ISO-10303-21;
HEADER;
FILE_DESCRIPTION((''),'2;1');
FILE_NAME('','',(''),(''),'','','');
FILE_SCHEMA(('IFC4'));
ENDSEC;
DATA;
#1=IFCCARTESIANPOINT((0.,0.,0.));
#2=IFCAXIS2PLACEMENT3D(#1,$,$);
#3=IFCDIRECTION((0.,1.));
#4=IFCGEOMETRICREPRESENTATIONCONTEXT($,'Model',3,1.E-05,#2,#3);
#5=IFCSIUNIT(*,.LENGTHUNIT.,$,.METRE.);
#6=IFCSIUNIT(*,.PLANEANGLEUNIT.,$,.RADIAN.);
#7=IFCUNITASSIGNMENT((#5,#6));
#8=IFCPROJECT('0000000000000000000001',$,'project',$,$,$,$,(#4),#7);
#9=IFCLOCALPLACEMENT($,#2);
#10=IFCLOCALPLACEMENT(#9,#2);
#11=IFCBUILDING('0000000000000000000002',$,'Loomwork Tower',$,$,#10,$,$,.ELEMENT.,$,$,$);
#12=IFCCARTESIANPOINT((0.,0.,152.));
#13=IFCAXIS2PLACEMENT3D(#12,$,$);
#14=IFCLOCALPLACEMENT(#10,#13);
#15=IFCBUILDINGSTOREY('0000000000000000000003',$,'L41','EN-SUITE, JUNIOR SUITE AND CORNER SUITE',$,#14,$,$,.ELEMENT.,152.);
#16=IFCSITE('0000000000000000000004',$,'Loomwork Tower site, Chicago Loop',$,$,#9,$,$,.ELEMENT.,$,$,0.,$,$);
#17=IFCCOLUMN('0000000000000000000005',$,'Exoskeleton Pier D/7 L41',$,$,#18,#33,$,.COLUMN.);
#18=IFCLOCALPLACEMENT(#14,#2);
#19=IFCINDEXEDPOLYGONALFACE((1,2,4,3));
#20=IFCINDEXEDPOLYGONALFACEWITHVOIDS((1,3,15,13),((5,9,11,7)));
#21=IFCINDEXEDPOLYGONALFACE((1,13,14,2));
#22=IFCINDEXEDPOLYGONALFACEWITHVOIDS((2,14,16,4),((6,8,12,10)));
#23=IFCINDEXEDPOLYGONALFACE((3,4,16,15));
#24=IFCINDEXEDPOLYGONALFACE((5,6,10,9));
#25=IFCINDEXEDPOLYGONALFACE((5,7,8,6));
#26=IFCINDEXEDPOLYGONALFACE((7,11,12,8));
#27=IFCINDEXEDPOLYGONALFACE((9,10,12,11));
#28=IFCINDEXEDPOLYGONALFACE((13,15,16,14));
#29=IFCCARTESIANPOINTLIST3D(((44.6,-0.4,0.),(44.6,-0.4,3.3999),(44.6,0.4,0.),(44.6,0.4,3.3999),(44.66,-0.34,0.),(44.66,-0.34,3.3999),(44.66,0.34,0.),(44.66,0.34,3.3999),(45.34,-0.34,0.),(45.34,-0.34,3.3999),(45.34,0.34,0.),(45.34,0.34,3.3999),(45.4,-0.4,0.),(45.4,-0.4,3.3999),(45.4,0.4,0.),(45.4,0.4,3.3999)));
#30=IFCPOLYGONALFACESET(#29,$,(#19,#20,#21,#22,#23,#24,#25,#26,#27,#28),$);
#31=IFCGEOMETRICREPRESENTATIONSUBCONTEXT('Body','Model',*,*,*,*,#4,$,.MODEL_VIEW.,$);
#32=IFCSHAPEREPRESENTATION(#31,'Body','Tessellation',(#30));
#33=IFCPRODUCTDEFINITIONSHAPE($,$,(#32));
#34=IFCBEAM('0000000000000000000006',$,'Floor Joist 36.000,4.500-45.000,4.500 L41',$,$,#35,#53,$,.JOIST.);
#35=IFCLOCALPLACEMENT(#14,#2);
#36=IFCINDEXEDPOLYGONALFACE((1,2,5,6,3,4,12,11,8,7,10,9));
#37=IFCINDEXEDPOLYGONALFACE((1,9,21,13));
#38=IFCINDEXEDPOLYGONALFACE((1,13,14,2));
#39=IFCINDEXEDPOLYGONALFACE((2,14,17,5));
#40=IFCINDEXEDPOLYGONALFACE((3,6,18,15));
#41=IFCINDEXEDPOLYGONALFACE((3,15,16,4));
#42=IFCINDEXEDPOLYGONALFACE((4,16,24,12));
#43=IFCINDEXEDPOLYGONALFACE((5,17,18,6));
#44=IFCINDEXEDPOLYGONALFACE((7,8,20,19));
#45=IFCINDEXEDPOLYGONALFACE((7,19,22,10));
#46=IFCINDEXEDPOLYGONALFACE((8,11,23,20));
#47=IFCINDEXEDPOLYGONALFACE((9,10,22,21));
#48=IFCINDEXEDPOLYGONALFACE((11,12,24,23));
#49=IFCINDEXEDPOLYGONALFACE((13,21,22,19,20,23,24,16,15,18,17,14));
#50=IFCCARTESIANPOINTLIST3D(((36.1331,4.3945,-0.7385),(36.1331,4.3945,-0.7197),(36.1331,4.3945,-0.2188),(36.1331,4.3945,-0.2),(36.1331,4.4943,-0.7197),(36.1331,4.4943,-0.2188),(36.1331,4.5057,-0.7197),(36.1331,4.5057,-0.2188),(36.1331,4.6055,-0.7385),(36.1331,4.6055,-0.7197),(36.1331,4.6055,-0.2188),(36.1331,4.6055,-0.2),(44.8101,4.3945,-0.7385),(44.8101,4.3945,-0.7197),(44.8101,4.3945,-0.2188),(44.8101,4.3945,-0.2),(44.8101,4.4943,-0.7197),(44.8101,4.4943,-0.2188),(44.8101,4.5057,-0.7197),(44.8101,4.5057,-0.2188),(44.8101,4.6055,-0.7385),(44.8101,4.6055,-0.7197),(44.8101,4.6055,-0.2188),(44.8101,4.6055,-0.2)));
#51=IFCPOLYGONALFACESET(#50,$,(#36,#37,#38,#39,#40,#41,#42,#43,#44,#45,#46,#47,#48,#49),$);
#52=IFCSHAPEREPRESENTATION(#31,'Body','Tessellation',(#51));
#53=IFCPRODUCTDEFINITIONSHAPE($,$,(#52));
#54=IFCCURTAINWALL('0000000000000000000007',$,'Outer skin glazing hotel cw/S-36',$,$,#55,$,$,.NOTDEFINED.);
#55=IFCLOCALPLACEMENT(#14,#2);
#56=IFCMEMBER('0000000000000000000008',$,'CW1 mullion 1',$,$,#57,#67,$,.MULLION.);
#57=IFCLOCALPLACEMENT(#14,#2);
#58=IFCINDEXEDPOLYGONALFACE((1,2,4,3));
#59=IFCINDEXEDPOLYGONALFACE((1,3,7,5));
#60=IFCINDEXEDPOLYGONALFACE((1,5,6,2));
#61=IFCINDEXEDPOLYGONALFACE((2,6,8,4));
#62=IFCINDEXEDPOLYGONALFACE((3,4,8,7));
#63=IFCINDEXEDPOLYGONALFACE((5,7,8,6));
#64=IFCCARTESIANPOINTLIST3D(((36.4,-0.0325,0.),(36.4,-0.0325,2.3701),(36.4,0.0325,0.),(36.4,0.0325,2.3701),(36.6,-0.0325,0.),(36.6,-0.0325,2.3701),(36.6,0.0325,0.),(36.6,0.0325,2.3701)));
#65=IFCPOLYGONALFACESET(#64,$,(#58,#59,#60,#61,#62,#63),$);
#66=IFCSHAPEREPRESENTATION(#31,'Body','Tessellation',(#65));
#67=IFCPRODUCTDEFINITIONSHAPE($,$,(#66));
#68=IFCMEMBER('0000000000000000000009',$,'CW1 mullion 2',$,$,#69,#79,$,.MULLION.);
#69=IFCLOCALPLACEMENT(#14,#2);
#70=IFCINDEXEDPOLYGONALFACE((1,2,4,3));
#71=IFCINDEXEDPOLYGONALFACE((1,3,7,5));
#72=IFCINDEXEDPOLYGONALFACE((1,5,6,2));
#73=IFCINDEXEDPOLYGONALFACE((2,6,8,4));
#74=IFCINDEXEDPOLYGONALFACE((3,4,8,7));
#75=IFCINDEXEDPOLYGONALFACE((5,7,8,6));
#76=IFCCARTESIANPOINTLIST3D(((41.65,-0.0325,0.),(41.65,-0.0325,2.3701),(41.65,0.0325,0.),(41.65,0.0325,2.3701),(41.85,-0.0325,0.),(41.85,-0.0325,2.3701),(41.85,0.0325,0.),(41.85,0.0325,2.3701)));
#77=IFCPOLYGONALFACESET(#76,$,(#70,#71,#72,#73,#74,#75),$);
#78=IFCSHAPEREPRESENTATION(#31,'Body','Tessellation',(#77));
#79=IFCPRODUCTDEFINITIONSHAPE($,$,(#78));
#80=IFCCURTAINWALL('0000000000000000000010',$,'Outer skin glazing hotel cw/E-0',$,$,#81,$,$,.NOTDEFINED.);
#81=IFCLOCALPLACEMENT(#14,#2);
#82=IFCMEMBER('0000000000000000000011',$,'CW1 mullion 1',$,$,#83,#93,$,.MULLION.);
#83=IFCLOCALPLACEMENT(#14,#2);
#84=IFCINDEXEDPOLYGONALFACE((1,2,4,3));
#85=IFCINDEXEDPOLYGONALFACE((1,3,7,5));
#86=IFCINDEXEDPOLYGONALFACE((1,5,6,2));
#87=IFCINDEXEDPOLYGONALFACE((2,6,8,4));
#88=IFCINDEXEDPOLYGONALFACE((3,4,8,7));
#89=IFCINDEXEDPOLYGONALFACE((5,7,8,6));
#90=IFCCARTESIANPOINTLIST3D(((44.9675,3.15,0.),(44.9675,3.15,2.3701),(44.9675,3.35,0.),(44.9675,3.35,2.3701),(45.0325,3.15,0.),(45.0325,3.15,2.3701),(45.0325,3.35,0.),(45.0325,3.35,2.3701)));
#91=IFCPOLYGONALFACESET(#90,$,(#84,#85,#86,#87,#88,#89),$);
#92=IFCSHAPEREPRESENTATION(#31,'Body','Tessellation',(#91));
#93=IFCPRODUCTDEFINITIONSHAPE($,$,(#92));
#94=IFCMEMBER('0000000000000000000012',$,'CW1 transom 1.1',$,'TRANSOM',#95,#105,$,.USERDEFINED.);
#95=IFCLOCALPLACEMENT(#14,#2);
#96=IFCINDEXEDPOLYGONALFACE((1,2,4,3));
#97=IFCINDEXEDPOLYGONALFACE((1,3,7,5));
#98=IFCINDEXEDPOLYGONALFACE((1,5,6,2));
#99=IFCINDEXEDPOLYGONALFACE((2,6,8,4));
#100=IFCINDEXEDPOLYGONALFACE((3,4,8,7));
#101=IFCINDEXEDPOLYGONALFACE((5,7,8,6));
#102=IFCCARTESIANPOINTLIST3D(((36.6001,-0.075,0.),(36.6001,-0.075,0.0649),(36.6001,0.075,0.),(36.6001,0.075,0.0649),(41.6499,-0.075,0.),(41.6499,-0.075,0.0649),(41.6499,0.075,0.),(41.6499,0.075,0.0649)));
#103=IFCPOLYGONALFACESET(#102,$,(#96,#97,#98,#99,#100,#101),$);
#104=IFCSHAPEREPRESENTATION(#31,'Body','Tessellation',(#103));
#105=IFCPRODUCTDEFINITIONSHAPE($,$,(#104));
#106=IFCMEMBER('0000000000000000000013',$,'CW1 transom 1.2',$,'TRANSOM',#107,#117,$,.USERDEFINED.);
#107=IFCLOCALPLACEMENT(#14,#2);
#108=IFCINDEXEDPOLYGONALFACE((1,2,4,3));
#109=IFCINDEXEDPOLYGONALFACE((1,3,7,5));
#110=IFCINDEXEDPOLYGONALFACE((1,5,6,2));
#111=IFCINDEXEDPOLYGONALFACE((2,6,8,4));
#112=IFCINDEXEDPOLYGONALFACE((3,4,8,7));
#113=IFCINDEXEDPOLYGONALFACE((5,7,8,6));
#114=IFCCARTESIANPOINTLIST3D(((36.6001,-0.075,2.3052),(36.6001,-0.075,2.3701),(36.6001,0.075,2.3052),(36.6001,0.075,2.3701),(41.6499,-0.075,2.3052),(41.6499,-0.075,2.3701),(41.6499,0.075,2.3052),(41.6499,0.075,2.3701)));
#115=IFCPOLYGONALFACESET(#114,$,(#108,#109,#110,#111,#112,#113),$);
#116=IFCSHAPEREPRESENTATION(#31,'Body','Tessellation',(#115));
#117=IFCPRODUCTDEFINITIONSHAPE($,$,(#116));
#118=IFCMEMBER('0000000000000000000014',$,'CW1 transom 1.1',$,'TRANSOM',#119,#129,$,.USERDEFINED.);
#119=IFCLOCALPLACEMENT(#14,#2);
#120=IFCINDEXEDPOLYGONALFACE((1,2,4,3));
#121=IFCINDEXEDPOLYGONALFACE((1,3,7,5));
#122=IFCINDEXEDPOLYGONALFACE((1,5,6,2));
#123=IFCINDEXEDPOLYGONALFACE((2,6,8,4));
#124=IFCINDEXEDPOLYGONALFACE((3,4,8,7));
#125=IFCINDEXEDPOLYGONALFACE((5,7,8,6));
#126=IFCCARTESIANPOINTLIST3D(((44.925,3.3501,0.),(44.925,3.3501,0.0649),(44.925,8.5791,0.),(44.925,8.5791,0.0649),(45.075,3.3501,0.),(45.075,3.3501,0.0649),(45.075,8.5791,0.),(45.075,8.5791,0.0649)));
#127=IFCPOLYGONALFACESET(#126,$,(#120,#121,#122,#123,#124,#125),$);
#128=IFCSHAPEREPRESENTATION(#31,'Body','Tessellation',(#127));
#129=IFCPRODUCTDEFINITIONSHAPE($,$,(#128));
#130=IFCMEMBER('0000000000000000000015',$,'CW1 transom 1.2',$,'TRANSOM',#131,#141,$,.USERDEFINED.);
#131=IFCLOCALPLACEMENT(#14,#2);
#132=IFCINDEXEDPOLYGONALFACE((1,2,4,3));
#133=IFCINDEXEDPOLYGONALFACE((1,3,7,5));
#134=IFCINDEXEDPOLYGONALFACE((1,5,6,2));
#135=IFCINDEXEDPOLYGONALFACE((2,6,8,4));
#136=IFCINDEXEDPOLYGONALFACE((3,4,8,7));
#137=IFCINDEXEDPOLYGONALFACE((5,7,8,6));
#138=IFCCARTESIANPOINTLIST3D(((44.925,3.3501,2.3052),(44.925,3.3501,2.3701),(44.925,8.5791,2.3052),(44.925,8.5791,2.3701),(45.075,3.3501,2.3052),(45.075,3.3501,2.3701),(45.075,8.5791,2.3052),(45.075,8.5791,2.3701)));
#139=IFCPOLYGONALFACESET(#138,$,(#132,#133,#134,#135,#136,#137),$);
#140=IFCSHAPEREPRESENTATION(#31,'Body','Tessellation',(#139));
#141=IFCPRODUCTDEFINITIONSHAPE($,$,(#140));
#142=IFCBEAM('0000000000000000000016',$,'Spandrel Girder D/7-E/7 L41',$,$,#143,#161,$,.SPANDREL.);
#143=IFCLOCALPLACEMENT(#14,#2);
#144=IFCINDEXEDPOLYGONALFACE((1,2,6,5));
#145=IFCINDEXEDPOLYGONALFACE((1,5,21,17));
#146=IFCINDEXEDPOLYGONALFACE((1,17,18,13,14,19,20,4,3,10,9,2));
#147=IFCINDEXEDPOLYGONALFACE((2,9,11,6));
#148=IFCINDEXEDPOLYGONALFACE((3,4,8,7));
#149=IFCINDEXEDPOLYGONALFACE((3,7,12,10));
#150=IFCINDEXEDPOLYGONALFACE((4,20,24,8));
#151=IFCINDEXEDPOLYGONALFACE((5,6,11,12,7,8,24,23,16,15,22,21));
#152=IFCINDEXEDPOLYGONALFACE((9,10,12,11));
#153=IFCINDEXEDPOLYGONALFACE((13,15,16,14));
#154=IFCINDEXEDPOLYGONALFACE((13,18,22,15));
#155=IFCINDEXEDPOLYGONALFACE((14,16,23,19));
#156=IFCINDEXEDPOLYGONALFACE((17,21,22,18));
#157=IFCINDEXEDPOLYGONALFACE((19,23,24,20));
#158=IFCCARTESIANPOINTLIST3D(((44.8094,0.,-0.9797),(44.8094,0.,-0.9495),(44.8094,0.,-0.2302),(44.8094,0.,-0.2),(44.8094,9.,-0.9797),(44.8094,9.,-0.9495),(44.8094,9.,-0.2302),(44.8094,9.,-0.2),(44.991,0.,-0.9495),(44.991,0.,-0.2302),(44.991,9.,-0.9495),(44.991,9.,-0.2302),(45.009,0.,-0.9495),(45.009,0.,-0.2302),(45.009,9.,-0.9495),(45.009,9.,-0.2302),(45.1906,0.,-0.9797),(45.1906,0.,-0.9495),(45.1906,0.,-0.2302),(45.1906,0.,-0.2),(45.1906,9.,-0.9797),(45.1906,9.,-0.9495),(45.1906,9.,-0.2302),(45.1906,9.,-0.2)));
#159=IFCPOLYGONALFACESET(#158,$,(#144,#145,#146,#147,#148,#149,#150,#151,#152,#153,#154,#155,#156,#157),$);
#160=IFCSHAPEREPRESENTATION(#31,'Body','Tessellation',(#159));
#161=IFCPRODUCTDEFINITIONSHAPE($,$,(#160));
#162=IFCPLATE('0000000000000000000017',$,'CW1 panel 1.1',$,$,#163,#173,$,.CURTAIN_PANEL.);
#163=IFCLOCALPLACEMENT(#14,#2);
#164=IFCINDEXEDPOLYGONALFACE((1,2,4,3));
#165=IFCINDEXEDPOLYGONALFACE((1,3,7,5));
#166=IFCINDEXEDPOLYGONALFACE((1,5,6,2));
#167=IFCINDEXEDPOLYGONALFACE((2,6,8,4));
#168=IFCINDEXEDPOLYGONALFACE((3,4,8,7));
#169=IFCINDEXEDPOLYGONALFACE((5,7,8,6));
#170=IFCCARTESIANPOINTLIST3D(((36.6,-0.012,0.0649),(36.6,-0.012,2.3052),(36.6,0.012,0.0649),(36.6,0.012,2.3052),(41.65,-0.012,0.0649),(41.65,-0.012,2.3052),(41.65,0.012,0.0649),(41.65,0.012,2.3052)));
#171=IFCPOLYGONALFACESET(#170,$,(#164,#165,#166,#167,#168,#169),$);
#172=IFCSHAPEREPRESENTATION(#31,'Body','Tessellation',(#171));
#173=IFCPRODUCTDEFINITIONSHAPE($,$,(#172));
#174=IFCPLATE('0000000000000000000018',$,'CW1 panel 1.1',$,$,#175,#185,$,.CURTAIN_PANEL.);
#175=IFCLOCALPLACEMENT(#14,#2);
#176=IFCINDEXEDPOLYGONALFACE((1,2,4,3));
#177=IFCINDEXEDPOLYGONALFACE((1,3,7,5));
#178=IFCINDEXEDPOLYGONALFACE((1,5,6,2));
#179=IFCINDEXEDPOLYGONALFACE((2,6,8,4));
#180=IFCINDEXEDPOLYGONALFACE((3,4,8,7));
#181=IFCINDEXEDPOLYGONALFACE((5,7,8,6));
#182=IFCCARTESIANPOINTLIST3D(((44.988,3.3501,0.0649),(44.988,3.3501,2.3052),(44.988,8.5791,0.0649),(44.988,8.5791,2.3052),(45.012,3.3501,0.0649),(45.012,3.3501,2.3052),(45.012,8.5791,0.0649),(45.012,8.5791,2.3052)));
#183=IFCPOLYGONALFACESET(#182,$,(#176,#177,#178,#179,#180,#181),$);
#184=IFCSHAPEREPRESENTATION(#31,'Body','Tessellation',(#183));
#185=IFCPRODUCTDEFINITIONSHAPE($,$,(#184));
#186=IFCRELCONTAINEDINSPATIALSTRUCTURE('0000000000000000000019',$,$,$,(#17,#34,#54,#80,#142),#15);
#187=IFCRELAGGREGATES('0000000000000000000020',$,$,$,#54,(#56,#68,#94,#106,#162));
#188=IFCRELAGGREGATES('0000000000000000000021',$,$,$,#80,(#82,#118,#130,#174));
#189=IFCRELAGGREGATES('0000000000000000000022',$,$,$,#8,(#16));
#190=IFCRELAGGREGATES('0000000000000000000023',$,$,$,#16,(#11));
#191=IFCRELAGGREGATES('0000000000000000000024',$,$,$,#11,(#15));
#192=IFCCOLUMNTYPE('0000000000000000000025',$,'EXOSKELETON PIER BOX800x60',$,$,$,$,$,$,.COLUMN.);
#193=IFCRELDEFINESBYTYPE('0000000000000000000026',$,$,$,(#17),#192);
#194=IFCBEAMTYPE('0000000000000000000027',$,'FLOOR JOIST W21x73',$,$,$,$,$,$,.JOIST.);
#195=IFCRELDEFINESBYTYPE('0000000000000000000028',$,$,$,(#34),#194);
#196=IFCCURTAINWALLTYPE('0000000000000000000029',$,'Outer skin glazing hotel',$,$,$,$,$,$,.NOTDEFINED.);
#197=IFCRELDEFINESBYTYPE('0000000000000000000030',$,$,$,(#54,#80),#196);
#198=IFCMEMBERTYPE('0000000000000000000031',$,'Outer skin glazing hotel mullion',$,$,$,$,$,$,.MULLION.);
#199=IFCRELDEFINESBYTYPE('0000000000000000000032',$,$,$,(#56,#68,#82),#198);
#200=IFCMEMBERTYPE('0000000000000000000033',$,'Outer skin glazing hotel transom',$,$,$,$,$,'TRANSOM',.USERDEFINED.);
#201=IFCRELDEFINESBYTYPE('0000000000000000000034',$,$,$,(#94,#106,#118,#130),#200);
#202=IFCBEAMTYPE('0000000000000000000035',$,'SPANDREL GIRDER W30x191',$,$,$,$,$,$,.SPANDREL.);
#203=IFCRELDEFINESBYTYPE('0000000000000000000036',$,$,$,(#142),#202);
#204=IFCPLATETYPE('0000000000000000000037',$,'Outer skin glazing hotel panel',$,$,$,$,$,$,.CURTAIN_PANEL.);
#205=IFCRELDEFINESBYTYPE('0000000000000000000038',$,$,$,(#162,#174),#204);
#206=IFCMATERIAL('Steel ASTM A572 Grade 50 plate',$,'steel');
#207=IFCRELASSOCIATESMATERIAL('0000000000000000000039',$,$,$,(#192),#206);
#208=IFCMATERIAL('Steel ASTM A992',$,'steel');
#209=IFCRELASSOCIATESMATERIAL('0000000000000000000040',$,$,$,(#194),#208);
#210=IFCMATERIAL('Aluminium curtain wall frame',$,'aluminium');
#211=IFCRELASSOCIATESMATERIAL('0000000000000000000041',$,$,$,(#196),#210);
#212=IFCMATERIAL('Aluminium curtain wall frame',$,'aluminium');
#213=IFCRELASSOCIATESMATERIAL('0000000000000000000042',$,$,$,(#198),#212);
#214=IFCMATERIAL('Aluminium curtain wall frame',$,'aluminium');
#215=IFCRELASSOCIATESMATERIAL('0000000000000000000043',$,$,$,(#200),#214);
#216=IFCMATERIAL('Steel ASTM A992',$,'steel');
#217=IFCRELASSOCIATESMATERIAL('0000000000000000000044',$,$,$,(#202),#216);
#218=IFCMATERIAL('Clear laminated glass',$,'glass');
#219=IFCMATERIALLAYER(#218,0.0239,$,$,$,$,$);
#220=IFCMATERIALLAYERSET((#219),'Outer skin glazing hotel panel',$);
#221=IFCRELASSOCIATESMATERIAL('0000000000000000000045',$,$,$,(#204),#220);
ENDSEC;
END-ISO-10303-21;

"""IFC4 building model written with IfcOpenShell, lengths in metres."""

from ifc_helpers import new_model, si_unit, direction, frame, origin, origin_2d, place, context, subcontext, project, spatial, rectangle, hollow_rectangle, i_section, extrude, material, layer, layer_set, material_profile, profile_set, type_object, element, aggregate, save


model = new_model("IFC4")

# Units and contexts
model_context = context("Model", 3, precision=1e-05, world=origin(), true_north=direction((0.0, 1.0)))
body_context = subcontext(model_context, "Body", "Model", "MODEL_VIEW")
ifc_project = project(units=[si_unit("LENGTHUNIT", "METRE"), si_unit("PLANEANGLEUNIT", "RADIAN")], contexts=[model_context])

# Site, building, storey
site_placement = place(None, origin())
site = spatial("IfcSite", under=ifc_project, at=site_placement, Name="Loomwork Tower site, Chicago Loop", CompositionType="ELEMENT", RefElevation=0.0)
building_placement = place(site_placement, origin())
building = spatial("IfcBuilding", under=site, at=building_placement, Name="Loomwork Tower", CompositionType="ELEMENT")
storey_placement = place(building_placement, frame((0.0, 0.0, 152.0)))
storey = spatial("IfcBuildingStorey", under=building, at=storey_placement, Name="L41", Description="EN-SUITE, JUNIOR SUITE AND CORNER SUITE", CompositionType="ELEMENT", Elevation=152.0)

# Column
ifc_material_1 = material(Name="Steel ASTM A572 Grade 50 plate", Category="steel")
ifc_material_profile_1 = material_profile(ifc_material_1, hollow_rectangle(XDim=0.8, YDim=0.8, WallThickness=0.0601, at=origin_2d()), Name="BOX800x60")
ifc_profile_set_1 = profile_set([ifc_material_profile_1], Name="Steel ASTM A572 Grade 50 plate")
column_type = type_object("IfcColumnType", Name="EXOSKELETON PIER BOX800x60", PredefinedType="COLUMN", material=ifc_profile_set_1)
column_placement = place(storey_placement, frame((45.0, 0.0, 0.0), z_axis=(0.0, 0.0, 1.0), x_axis=(1.0, 0.0, 0.0)))
element("IfcColumn", 1, at=column_placement, inside=storey, type_object=column_type, Name="Exoskeleton Pier D/7 L41", PredefinedType="COLUMN", context=body_context, shape_type="SweptSolid", body=[
    extrude(hollow_rectangle(XDim=0.8, YDim=0.8, WallThickness=0.0601, at=origin_2d()), origin(), (0.0, 0.0, 1.0), 3.3999),
])

# Beam
ifc_material_2 = material(Name="Steel ASTM A992", Category="steel")
ifc_material_profile_2 = material_profile(ifc_material_2, i_section(OverallWidth=0.2109, OverallDepth=0.5386, WebThickness=0.0115, FlangeThickness=0.0188, at=origin_2d()), Name="W21x73")
ifc_profile_set_2 = profile_set([ifc_material_profile_2], Name="Steel ASTM A992")
beam_type_1 = type_object("IfcBeamType", Name="FLOOR JOIST W21x73", PredefinedType="JOIST", material=ifc_profile_set_2)
beam_1_placement = place(storey_placement, frame((36.1331, 4.5, -0.4692), z_axis=(1.0, 0.0, 0.0), x_axis=(0.0, 1.0, 0.0)))
element("IfcBeam", 2, at=beam_1_placement, inside=storey, type_object=beam_type_1, Name="Floor Joist 36.000,4.500-45.000,4.500 L41", PredefinedType="JOIST", context=body_context, shape_type="SweptSolid", body=[
    extrude(i_section(OverallWidth=0.2109, OverallDepth=0.5386, WebThickness=0.0115, FlangeThickness=0.0188, at=origin_2d()), origin(), (0.0, 0.0, 1.0), 8.677),
])

# Curtain wall, members
ifc_material_3 = material(Name="Aluminium curtain wall frame", Category="aluminium")
curtain_wall_type = type_object("IfcCurtainWallType", Name="Outer skin glazing hotel", PredefinedType="NOTDEFINED", material=ifc_material_3)
curtain_wall_1_placement = place(storey_placement, origin())
curtain_wall_1 = element("IfcCurtainWall", 3, at=curtain_wall_1_placement, inside=storey, type_object=curtain_wall_type, Name="Outer skin glazing hotel cw/S-36", PredefinedType="NOTDEFINED")
ifc_material_4 = material(Name="Aluminium curtain wall frame", Category="aluminium")
ifc_material_profile_3 = material_profile(ifc_material_4, rectangle(XDim=0.0649, YDim=0.2, at=origin_2d()), Name="AL 65x200")
ifc_profile_set_3 = profile_set([ifc_material_profile_3], Name="Aluminium curtain wall frame")
member_type_1 = type_object("IfcMemberType", Name="Outer skin glazing hotel mullion", PredefinedType="MULLION", material=ifc_profile_set_3)
member_1_placement = place(storey_placement, frame((36.5, 0.0, 0.0), z_axis=(0.0, 0.0, 1.0), x_axis=(0.0, 1.0, 0.0)))
member_1 = element("IfcMember", 4, at=member_1_placement, type_object=member_type_1, Name="CW1 mullion 1", PredefinedType="MULLION", context=body_context, shape_type="SweptSolid", body=[
    extrude(rectangle(XDim=0.0649, YDim=0.2, at=origin_2d()), origin(), (0.0, 0.0, 1.0), 2.3701),
])
member_2_placement = place(storey_placement, frame((41.75, 0.0, 0.0), z_axis=(0.0, 0.0, 1.0), x_axis=(0.0, 1.0, 0.0)))
member_2 = element("IfcMember", 5, at=member_2_placement, type_object=member_type_1, Name="CW1 mullion 2", PredefinedType="MULLION", context=body_context, shape_type="SweptSolid", body=[
    extrude(rectangle(XDim=0.0649, YDim=0.2, at=origin_2d()), origin(), (0.0, 0.0, 1.0), 2.3701),
])

# Curtain wall, member
curtain_wall_2_placement = place(storey_placement, origin())
curtain_wall_2 = element("IfcCurtainWall", 6, at=curtain_wall_2_placement, inside=storey, type_object=curtain_wall_type, Name="Outer skin glazing hotel cw/E-0", PredefinedType="NOTDEFINED")
member_3_placement = place(storey_placement, frame((45.0, 3.25, 0.0), z_axis=(0.0, 0.0, 1.0), x_axis=(-1.0, 0.0, 0.0)))
member_3 = element("IfcMember", 7, at=member_3_placement, type_object=member_type_1, Name="CW1 mullion 1", PredefinedType="MULLION", context=body_context, shape_type="SweptSolid", body=[
    extrude(rectangle(XDim=0.0649, YDim=0.2, at=origin_2d()), origin(), (0.0, 0.0, 1.0), 2.3701),
])

# Members
ifc_material_5 = material(Name="Aluminium curtain wall frame", Category="aluminium")
ifc_material_profile_4 = material_profile(ifc_material_5, rectangle(XDim=0.1499, YDim=0.0649, at=origin_2d()), Name="AL 65x150")
ifc_profile_set_4 = profile_set([ifc_material_profile_4], Name="Aluminium curtain wall frame")
member_type_2 = type_object("IfcMemberType", Name="Outer skin glazing hotel transom", ElementType="TRANSOM", PredefinedType="USERDEFINED", material=ifc_profile_set_4)
member_4_placement = place(storey_placement, frame((36.6001, 0.0, 0.0325), z_axis=(1.0, 0.0, 0.0), x_axis=(0.0, 1.0, 0.0)))
member_4 = element("IfcMember", 8, at=member_4_placement, type_object=member_type_2, Name="CW1 transom 1.1", ObjectType="TRANSOM", PredefinedType="USERDEFINED", context=body_context, shape_type="SweptSolid", body=[
    extrude(rectangle(XDim=0.1499, YDim=0.0649, at=origin_2d()), origin(), (0.0, 0.0, 1.0), 5.0498),
])
member_5_placement = place(storey_placement, frame((36.6001, 0.0, 2.3376), z_axis=(1.0, 0.0, 0.0), x_axis=(0.0, 1.0, 0.0)))
member_5 = element("IfcMember", 9, at=member_5_placement, type_object=member_type_2, Name="CW1 transom 1.2", ObjectType="TRANSOM", PredefinedType="USERDEFINED", context=body_context, shape_type="SweptSolid", body=[
    extrude(rectangle(XDim=0.1499, YDim=0.0649, at=origin_2d()), origin(), (0.0, 0.0, 1.0), 5.0498),
])
member_6_placement = place(storey_placement, frame((45.0, 3.3501, 0.0325), z_axis=(0.0, 1.0, 0.0), x_axis=(-1.0, 0.0, 0.0)))
member_6 = element("IfcMember", 10, at=member_6_placement, type_object=member_type_2, Name="CW1 transom 1.1", ObjectType="TRANSOM", PredefinedType="USERDEFINED", context=body_context, shape_type="SweptSolid", body=[
    extrude(rectangle(XDim=0.1499, YDim=0.0649, at=origin_2d()), origin(), (0.0, 0.0, 1.0), 5.229),
])
member_7_placement = place(storey_placement, frame((45.0, 3.3501, 2.3376), z_axis=(0.0, 1.0, 0.0), x_axis=(-1.0, 0.0, 0.0)))
member_7 = element("IfcMember", 11, at=member_7_placement, type_object=member_type_2, Name="CW1 transom 1.2", ObjectType="TRANSOM", PredefinedType="USERDEFINED", context=body_context, shape_type="SweptSolid", body=[
    extrude(rectangle(XDim=0.1499, YDim=0.0649, at=origin_2d()), origin(), (0.0, 0.0, 1.0), 5.229),
])

# Beam
ifc_material_6 = material(Name="Steel ASTM A992", Category="steel")
ifc_material_profile_5 = material_profile(ifc_material_6, i_section(OverallWidth=0.3811, OverallDepth=0.7798, WebThickness=0.0181, FlangeThickness=0.0303, at=origin_2d()), Name="W30x191")
ifc_profile_set_5 = profile_set([ifc_material_profile_5], Name="Steel ASTM A992")
beam_type_2 = type_object("IfcBeamType", Name="SPANDREL GIRDER W30x191", PredefinedType="SPANDREL", material=ifc_profile_set_5)
beam_2_placement = place(storey_placement, frame((45.0, 0.0, -0.5898), z_axis=(0.0, 1.0, 0.0), x_axis=(-1.0, 0.0, 0.0)))
element("IfcBeam", 12, at=beam_2_placement, inside=storey, type_object=beam_type_2, Name="Spandrel Girder D/7-E/7 L41", PredefinedType="SPANDREL", context=body_context, shape_type="SweptSolid", body=[
    extrude(i_section(OverallWidth=0.3811, OverallDepth=0.7798, WebThickness=0.0181, FlangeThickness=0.0303, at=origin_2d()), origin(), (0.0, 0.0, 1.0), 9.0),
])

# Plates
ifc_material_7 = material(Name="Clear laminated glass", Category="glass")
ifc_layer_1 = layer(ifc_material_7, 0.0239)
ifc_layer_set_1 = layer_set([ifc_layer_1], Name="Outer skin glazing hotel panel")
plate_type = type_object("IfcPlateType", Name="Outer skin glazing hotel panel", PredefinedType="CURTAIN_PANEL", material=ifc_layer_set_1)
plate_1_placement = place(storey_placement, frame((39.125, 0.0, 0.0649), z_axis=(0.0, 0.0, 1.0), x_axis=(1.0, 0.0, 0.0)))
plate_1 = element("IfcPlate", 13, at=plate_1_placement, type_object=plate_type, Name="CW1 panel 1.1", PredefinedType="CURTAIN_PANEL", context=body_context, shape_type="SweptSolid", body=[
    extrude(rectangle(XDim=5.05, YDim=0.0239, at=origin_2d()), origin(), (0.0, 0.0, 1.0), 2.2402),
])
aggregate(curtain_wall_1, [member_1, member_2, member_4, member_5, plate_1])
plate_2_placement = place(storey_placement, frame((45.0, 5.9646, 0.0649), z_axis=(0.0, 0.0, 1.0), x_axis=(0.0, 1.0, 0.0)))
plate_2 = element("IfcPlate", 14, at=plate_2_placement, type_object=plate_type, Name="CW1 panel 1.1", PredefinedType="CURTAIN_PANEL", context=body_context, shape_type="SweptSolid", body=[
    extrude(rectangle(XDim=5.229, YDim=0.0239, at=origin_2d()), origin(), (0.0, 0.0, 1.0), 2.2402),
])
aggregate(curtain_wall_2, [member_3, member_6, member_7, plate_2])

save(model, "model.ifc")
